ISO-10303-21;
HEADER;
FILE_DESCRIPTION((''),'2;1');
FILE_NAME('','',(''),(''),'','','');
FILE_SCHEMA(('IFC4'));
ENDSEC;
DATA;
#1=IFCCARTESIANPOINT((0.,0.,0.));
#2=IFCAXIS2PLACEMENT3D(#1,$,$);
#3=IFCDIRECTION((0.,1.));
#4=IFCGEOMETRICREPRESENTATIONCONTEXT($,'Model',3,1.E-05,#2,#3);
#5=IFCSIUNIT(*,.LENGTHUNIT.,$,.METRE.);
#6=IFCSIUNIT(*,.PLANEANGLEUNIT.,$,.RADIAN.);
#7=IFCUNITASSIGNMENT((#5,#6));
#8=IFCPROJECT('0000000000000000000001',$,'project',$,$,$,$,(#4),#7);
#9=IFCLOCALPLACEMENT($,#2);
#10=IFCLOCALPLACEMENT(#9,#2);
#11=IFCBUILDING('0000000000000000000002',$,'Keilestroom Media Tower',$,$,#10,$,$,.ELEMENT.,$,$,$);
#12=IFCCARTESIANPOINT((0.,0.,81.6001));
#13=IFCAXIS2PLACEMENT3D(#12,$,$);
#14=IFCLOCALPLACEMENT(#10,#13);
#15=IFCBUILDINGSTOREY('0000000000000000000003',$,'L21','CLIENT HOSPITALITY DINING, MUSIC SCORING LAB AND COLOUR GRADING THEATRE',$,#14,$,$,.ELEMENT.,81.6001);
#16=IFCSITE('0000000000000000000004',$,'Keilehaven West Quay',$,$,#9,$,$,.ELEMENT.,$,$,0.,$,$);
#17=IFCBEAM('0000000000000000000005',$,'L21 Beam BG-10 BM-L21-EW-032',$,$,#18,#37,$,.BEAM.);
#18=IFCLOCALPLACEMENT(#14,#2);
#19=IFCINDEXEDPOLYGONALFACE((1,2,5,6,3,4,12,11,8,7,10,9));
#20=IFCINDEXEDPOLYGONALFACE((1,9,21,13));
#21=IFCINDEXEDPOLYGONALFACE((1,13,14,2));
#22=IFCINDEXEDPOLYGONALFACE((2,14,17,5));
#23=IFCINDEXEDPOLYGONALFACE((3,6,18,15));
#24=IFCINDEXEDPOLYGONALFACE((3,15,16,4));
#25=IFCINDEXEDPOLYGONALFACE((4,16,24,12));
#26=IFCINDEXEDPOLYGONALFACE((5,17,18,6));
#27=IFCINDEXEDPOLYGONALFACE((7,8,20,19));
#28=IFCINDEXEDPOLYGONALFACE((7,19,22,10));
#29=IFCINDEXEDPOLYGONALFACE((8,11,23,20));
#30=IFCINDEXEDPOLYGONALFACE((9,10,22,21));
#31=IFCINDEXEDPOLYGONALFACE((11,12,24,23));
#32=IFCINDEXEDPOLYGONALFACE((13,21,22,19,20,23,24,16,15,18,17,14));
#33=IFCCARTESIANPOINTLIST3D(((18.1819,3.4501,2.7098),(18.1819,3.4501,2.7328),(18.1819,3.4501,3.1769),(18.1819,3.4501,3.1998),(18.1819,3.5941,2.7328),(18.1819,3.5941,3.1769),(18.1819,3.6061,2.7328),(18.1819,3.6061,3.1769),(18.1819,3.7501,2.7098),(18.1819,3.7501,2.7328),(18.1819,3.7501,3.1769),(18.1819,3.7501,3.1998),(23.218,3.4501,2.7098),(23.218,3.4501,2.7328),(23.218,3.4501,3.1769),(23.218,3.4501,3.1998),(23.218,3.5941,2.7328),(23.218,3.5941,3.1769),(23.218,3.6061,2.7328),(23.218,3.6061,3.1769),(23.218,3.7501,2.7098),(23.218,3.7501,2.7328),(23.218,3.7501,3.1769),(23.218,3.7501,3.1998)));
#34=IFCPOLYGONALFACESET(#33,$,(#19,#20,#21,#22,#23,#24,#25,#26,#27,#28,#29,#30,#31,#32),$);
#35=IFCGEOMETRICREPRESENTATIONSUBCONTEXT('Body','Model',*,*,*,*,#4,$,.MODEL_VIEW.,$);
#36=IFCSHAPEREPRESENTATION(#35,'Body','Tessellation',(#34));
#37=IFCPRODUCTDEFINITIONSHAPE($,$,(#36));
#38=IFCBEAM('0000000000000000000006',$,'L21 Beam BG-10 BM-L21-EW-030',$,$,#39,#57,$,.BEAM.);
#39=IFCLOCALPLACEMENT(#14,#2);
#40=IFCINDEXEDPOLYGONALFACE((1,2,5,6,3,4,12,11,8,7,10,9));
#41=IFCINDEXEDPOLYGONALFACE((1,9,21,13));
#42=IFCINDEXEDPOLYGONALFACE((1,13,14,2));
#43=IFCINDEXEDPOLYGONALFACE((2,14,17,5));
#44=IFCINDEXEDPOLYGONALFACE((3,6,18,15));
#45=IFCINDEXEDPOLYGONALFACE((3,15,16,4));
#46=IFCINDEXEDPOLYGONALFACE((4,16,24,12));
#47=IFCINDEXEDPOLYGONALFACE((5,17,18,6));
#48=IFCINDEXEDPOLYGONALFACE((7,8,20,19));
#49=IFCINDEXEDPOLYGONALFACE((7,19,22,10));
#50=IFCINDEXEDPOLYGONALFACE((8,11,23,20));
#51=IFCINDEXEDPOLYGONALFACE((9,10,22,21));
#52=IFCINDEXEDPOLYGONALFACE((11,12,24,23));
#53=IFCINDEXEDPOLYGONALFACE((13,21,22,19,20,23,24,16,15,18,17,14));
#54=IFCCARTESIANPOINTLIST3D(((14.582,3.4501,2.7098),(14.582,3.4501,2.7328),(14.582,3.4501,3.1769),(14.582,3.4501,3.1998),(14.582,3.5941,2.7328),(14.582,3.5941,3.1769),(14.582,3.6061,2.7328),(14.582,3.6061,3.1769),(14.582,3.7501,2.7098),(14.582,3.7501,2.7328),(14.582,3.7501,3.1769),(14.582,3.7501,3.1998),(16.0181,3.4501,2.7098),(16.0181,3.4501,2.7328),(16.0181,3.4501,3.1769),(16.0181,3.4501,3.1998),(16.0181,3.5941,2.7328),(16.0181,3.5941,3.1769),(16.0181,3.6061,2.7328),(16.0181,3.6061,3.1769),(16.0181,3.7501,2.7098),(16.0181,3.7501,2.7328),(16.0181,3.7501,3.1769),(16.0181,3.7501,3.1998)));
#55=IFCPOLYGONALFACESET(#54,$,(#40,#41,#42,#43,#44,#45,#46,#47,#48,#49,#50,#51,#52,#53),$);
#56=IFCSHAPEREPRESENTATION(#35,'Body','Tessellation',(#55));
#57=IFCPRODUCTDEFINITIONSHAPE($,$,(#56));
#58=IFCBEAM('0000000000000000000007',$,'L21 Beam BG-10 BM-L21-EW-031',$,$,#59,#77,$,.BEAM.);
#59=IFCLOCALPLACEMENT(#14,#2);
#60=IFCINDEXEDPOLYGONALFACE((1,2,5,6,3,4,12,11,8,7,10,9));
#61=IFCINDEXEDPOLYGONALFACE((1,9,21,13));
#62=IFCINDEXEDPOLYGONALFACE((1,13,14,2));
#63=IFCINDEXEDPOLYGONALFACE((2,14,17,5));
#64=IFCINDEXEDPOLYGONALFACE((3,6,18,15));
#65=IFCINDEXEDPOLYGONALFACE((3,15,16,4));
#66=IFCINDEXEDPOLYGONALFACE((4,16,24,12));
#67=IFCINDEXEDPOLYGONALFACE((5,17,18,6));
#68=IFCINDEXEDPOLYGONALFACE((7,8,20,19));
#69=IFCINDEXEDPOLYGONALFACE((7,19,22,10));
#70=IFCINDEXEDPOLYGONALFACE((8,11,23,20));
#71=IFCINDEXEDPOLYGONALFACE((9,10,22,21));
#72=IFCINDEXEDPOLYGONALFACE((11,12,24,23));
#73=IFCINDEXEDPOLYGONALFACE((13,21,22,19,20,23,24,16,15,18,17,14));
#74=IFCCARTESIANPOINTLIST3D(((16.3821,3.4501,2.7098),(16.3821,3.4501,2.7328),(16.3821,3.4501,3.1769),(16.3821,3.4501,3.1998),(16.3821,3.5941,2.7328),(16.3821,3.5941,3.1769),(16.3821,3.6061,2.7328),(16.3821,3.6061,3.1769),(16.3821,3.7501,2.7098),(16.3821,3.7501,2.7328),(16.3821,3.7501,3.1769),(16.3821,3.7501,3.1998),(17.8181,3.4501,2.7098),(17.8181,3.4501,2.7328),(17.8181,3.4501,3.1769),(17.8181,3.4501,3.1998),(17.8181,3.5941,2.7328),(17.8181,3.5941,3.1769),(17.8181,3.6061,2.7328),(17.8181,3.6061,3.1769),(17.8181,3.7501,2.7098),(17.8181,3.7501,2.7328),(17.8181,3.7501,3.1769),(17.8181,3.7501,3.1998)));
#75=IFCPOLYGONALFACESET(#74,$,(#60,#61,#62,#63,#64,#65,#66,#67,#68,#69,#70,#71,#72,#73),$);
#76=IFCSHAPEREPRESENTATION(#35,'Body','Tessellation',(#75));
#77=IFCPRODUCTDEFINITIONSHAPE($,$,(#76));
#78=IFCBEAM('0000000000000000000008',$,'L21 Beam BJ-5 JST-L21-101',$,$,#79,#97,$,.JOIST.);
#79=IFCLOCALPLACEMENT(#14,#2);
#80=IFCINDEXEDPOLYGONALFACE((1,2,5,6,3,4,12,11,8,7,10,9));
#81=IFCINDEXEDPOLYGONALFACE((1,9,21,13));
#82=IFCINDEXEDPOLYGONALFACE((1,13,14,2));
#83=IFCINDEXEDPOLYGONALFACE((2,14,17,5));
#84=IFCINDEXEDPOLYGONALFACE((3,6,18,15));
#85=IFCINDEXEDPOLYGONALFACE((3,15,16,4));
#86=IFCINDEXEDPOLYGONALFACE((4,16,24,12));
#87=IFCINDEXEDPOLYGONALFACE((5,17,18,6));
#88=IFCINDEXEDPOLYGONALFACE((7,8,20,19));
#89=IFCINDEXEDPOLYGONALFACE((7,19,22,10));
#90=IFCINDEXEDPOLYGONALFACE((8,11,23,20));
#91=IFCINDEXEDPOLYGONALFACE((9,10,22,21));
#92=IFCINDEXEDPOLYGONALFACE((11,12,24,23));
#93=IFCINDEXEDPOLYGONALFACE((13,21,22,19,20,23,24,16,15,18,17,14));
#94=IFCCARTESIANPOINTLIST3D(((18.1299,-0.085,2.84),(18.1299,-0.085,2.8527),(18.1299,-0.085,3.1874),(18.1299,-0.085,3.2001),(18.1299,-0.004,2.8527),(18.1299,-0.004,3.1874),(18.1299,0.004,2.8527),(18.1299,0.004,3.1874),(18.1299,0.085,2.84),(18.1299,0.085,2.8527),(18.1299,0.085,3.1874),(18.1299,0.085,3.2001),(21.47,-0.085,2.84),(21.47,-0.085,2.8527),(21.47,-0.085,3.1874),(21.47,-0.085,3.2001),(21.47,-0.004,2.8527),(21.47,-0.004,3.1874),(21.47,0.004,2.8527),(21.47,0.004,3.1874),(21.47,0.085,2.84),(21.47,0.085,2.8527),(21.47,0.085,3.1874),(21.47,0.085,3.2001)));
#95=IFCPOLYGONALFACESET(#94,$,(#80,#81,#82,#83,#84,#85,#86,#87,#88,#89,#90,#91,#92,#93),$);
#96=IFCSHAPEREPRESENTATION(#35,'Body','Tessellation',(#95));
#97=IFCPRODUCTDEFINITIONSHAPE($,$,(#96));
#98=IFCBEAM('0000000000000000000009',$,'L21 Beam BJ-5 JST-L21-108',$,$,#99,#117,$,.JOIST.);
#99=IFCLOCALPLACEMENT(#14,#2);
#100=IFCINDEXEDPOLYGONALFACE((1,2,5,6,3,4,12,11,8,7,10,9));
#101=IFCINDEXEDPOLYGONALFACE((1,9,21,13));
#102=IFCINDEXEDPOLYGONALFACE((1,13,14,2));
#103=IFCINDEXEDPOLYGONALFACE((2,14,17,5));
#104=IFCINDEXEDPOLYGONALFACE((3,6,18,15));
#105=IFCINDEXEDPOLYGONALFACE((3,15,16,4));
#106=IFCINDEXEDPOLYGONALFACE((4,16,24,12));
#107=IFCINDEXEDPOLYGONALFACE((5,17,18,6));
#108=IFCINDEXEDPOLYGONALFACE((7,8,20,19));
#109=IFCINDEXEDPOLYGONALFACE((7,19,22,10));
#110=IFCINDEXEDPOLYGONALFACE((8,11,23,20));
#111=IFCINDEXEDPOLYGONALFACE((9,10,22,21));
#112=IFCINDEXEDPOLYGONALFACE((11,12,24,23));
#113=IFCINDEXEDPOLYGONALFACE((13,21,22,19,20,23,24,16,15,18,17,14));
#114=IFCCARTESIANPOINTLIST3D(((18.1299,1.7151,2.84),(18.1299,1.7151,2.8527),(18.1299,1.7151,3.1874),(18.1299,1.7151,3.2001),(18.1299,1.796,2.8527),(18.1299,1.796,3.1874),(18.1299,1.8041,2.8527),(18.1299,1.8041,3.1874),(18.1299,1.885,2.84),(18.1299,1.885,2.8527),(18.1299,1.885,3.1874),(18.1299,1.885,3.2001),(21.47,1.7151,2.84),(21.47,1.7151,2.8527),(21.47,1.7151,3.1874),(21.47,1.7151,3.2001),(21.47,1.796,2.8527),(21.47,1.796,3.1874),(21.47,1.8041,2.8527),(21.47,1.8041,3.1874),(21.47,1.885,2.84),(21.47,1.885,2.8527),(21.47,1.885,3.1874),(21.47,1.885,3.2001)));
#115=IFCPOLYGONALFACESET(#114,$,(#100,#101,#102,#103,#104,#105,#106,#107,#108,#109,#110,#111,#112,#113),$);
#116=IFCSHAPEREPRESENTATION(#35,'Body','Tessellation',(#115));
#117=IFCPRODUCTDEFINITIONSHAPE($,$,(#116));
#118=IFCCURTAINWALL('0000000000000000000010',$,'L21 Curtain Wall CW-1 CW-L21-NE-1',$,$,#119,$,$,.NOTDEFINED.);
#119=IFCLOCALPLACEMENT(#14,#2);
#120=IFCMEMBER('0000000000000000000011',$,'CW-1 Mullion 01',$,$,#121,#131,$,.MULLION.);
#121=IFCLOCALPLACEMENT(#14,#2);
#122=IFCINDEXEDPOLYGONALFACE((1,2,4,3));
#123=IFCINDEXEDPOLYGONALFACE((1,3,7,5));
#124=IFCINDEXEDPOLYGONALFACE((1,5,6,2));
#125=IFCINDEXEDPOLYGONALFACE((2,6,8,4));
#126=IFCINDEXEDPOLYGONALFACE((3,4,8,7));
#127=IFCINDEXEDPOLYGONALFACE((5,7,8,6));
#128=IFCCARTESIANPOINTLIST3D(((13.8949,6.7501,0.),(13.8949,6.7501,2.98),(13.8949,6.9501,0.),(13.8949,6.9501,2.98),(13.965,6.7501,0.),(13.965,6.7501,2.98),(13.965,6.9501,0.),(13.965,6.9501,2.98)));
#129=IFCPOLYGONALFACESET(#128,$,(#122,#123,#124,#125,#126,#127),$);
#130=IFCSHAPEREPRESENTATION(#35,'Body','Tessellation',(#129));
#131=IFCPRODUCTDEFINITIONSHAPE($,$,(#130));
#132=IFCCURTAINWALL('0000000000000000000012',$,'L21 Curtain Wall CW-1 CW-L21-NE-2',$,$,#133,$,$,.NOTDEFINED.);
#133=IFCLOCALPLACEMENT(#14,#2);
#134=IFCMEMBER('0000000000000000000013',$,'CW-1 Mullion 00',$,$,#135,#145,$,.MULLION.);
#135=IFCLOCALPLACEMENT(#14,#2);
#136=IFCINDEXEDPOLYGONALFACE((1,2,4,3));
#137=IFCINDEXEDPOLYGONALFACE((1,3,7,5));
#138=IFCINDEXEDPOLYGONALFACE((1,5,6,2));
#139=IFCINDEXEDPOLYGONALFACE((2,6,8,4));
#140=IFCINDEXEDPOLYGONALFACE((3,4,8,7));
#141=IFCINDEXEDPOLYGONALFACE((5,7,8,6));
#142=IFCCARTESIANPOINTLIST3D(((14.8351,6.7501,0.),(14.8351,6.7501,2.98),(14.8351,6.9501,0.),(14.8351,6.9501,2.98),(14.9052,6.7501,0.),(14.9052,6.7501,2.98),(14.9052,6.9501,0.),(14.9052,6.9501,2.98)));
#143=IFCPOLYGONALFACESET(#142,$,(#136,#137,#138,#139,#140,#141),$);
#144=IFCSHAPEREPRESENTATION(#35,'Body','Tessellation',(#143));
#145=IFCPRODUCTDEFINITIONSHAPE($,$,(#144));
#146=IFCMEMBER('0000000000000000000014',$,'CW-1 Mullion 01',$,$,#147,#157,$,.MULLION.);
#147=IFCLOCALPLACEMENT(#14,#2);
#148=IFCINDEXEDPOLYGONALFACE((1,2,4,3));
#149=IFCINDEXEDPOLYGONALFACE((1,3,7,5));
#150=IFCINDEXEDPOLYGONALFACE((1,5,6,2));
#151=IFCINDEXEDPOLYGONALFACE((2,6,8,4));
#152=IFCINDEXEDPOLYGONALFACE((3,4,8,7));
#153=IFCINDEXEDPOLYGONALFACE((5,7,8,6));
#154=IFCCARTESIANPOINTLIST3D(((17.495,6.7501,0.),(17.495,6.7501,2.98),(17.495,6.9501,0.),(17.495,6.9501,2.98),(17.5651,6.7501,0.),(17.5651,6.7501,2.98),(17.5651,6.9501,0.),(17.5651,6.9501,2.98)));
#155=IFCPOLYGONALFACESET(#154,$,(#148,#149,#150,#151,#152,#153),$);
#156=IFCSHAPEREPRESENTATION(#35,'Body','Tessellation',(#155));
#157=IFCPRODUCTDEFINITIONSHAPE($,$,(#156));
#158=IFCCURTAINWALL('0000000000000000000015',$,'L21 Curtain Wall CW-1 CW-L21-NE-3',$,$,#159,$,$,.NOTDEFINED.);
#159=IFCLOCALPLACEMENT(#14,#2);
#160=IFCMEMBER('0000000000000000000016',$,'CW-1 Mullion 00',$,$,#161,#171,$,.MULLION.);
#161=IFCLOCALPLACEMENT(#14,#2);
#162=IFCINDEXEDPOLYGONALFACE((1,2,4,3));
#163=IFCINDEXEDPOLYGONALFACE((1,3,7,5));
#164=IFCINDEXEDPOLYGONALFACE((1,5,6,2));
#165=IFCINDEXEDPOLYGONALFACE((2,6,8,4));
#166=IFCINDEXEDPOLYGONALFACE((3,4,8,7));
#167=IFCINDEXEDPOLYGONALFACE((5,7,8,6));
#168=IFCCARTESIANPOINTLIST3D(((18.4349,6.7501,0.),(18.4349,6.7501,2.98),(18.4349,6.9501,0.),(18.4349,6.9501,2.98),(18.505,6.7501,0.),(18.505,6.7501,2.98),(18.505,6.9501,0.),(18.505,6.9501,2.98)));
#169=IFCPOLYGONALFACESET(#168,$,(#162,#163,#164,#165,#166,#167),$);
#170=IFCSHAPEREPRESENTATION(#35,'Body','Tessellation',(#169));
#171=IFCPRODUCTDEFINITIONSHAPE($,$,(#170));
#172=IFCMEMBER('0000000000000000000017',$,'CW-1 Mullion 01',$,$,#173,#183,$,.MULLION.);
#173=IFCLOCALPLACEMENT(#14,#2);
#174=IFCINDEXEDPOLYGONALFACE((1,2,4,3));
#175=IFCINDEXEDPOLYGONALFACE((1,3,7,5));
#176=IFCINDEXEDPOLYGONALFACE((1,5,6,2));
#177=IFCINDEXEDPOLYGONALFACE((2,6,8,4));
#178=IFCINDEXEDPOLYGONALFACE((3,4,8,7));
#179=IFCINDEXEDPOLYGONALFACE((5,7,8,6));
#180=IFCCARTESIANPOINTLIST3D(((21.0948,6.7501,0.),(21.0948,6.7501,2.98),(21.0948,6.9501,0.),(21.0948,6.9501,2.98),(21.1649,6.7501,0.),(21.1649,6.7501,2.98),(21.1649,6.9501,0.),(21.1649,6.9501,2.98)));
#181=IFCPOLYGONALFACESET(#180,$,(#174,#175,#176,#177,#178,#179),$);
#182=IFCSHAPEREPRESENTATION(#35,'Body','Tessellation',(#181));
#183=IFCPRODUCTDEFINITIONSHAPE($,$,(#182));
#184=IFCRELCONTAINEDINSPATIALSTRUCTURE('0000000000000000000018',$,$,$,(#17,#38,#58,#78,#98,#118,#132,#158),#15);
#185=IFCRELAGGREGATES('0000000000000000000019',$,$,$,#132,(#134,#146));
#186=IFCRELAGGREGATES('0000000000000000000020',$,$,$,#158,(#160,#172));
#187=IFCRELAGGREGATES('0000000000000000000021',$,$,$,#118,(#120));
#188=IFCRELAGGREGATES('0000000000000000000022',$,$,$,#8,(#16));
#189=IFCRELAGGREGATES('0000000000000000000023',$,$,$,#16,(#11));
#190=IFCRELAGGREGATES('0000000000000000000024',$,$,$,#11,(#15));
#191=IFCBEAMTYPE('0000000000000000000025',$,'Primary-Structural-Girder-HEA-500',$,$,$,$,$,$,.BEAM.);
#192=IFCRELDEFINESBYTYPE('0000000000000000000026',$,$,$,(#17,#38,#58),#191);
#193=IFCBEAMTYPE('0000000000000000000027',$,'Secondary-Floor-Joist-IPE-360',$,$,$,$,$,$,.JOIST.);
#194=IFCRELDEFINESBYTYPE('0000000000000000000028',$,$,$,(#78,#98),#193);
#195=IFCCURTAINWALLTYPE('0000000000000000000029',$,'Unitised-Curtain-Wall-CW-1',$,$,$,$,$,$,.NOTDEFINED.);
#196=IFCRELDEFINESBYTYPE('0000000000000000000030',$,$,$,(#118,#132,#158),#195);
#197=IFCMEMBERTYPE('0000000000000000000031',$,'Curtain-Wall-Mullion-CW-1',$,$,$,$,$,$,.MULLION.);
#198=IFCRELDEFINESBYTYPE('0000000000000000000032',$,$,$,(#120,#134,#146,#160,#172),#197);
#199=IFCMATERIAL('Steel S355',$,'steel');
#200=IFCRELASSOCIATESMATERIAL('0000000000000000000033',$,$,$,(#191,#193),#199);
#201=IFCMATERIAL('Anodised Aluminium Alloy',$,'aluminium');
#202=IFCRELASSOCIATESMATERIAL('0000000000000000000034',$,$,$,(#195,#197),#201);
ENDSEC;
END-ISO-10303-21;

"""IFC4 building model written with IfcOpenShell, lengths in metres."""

from ifc_helpers import new_model, si_unit, direction, frame, origin, origin_2d, place, context, subcontext, project, spatial, rectangle, i_section, extrude, source, transform, mapped, material, material_profile, profile_set, type_object, element, aggregate, save


model = new_model("IFC4")

# Units and contexts
model_context = context("Model", 3, precision=1e-05, world=origin(), true_north=direction((0.0, 1.0)))
body_context = subcontext(model_context, "Body", "Model", "MODEL_VIEW")
ifc_project = project(units=[si_unit("LENGTHUNIT", "METRE"), si_unit("PLANEANGLEUNIT", "RADIAN")], contexts=[model_context])

# Site, building, storey
site_placement = place(None, origin())
site = spatial("IfcSite", under=ifc_project, at=site_placement, Name="Keilehaven West Quay", CompositionType="ELEMENT", RefElevation=0.0)
building_placement = place(site_placement, origin())
building = spatial("IfcBuilding", under=site, at=building_placement, Name="Keilestroom Media Tower", CompositionType="ELEMENT")
storey_placement = place(building_placement, frame((0.0, 0.0, 81.6001)))
storey = spatial("IfcBuildingStorey", under=building, at=storey_placement, Name="L21", Description="CLIENT HOSPITALITY DINING, MUSIC SCORING LAB AND COLOUR GRADING THEATRE", CompositionType="ELEMENT", Elevation=81.6001)

# Beams
ifc_material_1 = material(Name="Steel S355", Category="steel")
ifc_material_profile_1 = material_profile(ifc_material_1, i_section(OverallWidth=0.3, OverallDepth=0.49, WebThickness=0.012, FlangeThickness=0.0229, at=origin_2d()), Name="HEA 500")
ifc_profile_set_1 = profile_set([ifc_material_profile_1], Name="Steel S355")
beam_type_1 = type_object("IfcBeamType", Name="Primary-Structural-Girder-HEA-500", PredefinedType="BEAM", material=ifc_profile_set_1)
shared_shape_1 = source(origin(), body_context, "Body", "SweptSolid", [
    extrude(i_section(OverallWidth=0.3, OverallDepth=0.49, WebThickness=0.012, FlangeThickness=0.0229, at=origin_2d()), origin(), (0.0, 0.0, 1.0), 5.0361),
])
beam_placement = place(storey_placement, frame((18.1819, 3.6001, 2.9548), z_axis=(1.0, 0.0, 0.0), x_axis=(0.0, 1.0, 0.0)))
element("IfcBeam", 1, at=beam_placement, inside=storey, type_object=beam_type_1, Name="L21 Beam BG-10 BM-L21-EW-032", PredefinedType="BEAM", context=body_context, shape_type="MappedRepresentation", body=[
    mapped(shared_shape_1, transform((0.0, 0.0, 0.0), x_axis=(1.0, 0.0, 0.0), y_axis=(0.0, 1.0, 0.0), z_axis=(0.0, 0.0, 1.0), scale=1.0)),
])
shared_shape_2 = source(origin(), body_context, "Body", "SweptSolid", [
    extrude(i_section(OverallWidth=0.3, OverallDepth=0.49, WebThickness=0.012, FlangeThickness=0.0229, at=origin_2d()), origin(), (0.0, 0.0, 1.0), 1.436),
])
for number, where, z_axis, x_axis, name in (
    (2, (14.582, 3.6001, 2.9548), (1.0, 0.0, 0.0), (0.0, 1.0, 0.0), "L21 Beam BG-10 BM-L21-EW-030"),
    (3, (16.3821, 3.6001, 2.9548), (1.0, 0.0, 0.0), (0.0, 1.0, 0.0), "L21 Beam BG-10 BM-L21-EW-031"),
):
    element("IfcBeam", number, at=place(storey_placement, frame(where, z_axis=z_axis, x_axis=x_axis)), inside=storey, type_object=beam_type_1, Name=name, PredefinedType="BEAM", context=body_context, shape_type="MappedRepresentation", body=[
        mapped(shared_shape_2, transform((0.0, 0.0, 0.0), x_axis=(1.0, 0.0, 0.0), y_axis=(0.0, 1.0, 0.0), z_axis=(0.0, 0.0, 1.0), scale=1.0)),
    ])
ifc_material_profile_2 = material_profile(ifc_material_1, i_section(OverallWidth=0.1699, OverallDepth=0.3601, WebThickness=0.0081, FlangeThickness=0.0127, at=origin_2d()), Name="IPE 360")
ifc_profile_set_2 = profile_set([ifc_material_profile_2], Name="Steel S355")
beam_type_2 = type_object("IfcBeamType", Name="Secondary-Floor-Joist-IPE-360", PredefinedType="JOIST", material=ifc_profile_set_2)
shared_shape_3 = source(origin(), body_context, "Body", "SweptSolid", [
    extrude(i_section(OverallWidth=0.1699, OverallDepth=0.3601, WebThickness=0.0081, FlangeThickness=0.0127, at=origin_2d()), origin(), (0.0, 0.0, 1.0), 3.3401),
])
for number, where, z_axis, x_axis, name in (
    (4, (18.1299, 0.0, 3.02), (1.0, 0.0, 0.0), (0.0, 1.0, 0.0), "L21 Beam BJ-5 JST-L21-101"),
    (5, (18.1299, 1.8, 3.02), (1.0, 0.0, 0.0), (0.0, 1.0, 0.0), "L21 Beam BJ-5 JST-L21-108"),
):
    element("IfcBeam", number, at=place(storey_placement, frame(where, z_axis=z_axis, x_axis=x_axis)), inside=storey, type_object=beam_type_2, Name=name, PredefinedType="JOIST", context=body_context, shape_type="MappedRepresentation", body=[
        mapped(shared_shape_3, transform((0.0, 0.0, 0.0), x_axis=(1.0, 0.0, 0.0), y_axis=(0.0, 1.0, 0.0), z_axis=(0.0, 0.0, 1.0), scale=1.0)),
    ])

# Curtain wall, member
ifc_material_2 = material(Name="Anodised Aluminium Alloy", Category="aluminium")
curtain_wall_type = type_object("IfcCurtainWallType", Name="Unitised-Curtain-Wall-CW-1", PredefinedType="NOTDEFINED", material=ifc_material_2)
curtain_wall_1_placement = place(storey_placement, origin())
curtain_wall_1 = element("IfcCurtainWall", 6, at=curtain_wall_1_placement, inside=storey, type_object=curtain_wall_type, Name="L21 Curtain Wall CW-1 CW-L21-NE-1", PredefinedType="NOTDEFINED")
ifc_material_profile_3 = material_profile(ifc_material_2, rectangle(XDim=0.0701, YDim=0.2, at=origin_2d()), Name="ALU MULLION 70x200")
ifc_profile_set_3 = profile_set([ifc_material_profile_3], Name="Anodised Aluminium Alloy")
member_type_1 = type_object("IfcMemberType", Name="Curtain-Wall-Mullion-CW-1", PredefinedType="MULLION", material=ifc_profile_set_3)
shared_shape_4 = source(origin(), body_context, "Body", "SweptSolid", [
    extrude(rectangle(XDim=0.0701, YDim=0.2, at=origin_2d()), origin(), (0.0, 0.0, 1.0), 2.98),
])
member_1_placement = place(storey_placement, frame((13.9299, 6.8501, 0.0), z_axis=(0.0, 0.0, 1.0), x_axis=(1.0, 0.0, 0.0)))
member_1 = element("IfcMember", 7, at=member_1_placement, type_object=member_type_1, Name="CW-1 Mullion 01", PredefinedType="MULLION", context=body_context, shape_type="MappedRepresentation", body=[
    mapped(shared_shape_4, transform((0.0, 0.0, 0.0), x_axis=(1.0, 0.0, 0.0), y_axis=(0.0, 1.0, 0.0), z_axis=(0.0, 0.0, 1.0), scale=1.0)),
])

# Curtain walls, members
curtain_wall_2_placement = place(storey_placement, origin())
curtain_wall_2 = element("IfcCurtainWall", 8, at=curtain_wall_2_placement, inside=storey, type_object=curtain_wall_type, Name="L21 Curtain Wall CW-1 CW-L21-NE-2", PredefinedType="NOTDEFINED")
member_2_placement = place(storey_placement, frame((14.8701, 6.8501, 0.0), z_axis=(0.0, 0.0, 1.0), x_axis=(1.0, 0.0, 0.0)))
member_2 = element("IfcMember", 9, at=member_2_placement, type_object=member_type_1, Name="CW-1 Mullion 00", PredefinedType="MULLION", context=body_context, shape_type="MappedRepresentation", body=[
    mapped(shared_shape_4, transform((0.0, 0.0, 0.0), x_axis=(1.0, 0.0, 0.0), y_axis=(0.0, 1.0, 0.0), z_axis=(0.0, 0.0, 1.0), scale=1.0)),
])
member_3_placement = place(storey_placement, frame((17.53, 6.8501, 0.0), z_axis=(0.0, 0.0, 1.0), x_axis=(1.0, 0.0, 0.0)))
member_3 = element("IfcMember", 10, at=member_3_placement, type_object=member_type_1, Name="CW-1 Mullion 01", PredefinedType="MULLION", context=body_context, shape_type="MappedRepresentation", body=[
    mapped(shared_shape_4, transform((0.0, 0.0, 0.0), x_axis=(1.0, 0.0, 0.0), y_axis=(0.0, 1.0, 0.0), z_axis=(0.0, 0.0, 1.0), scale=1.0)),
])
curtain_wall_3_placement = place(storey_placement, origin())
curtain_wall_3 = element("IfcCurtainWall", 11, at=curtain_wall_3_placement, inside=storey, type_object=curtain_wall_type, Name="L21 Curtain Wall CW-1 CW-L21-NE-3", PredefinedType="NOTDEFINED")
member_4_placement = place(storey_placement, frame((18.47, 6.8501, 0.0), z_axis=(0.0, 0.0, 1.0), x_axis=(1.0, 0.0, 0.0)))
member_4 = element("IfcMember", 12, at=member_4_placement, type_object=member_type_1, Name="CW-1 Mullion 00", PredefinedType="MULLION", context=body_context, shape_type="MappedRepresentation", body=[
    mapped(shared_shape_4, transform((0.0, 0.0, 0.0), x_axis=(1.0, 0.0, 0.0), y_axis=(0.0, 1.0, 0.0), z_axis=(0.0, 0.0, 1.0), scale=1.0)),
])
member_5_placement = place(storey_placement, frame((21.1299, 6.8501, 0.0), z_axis=(0.0, 0.0, 1.0), x_axis=(1.0, 0.0, 0.0)))
member_5 = element("IfcMember", 13, at=member_5_placement, type_object=member_type_1, Name="CW-1 Mullion 01", PredefinedType="MULLION", context=body_context, shape_type="MappedRepresentation", body=[
    mapped(shared_shape_4, transform((0.0, 0.0, 0.0), x_axis=(1.0, 0.0, 0.0), y_axis=(0.0, 1.0, 0.0), z_axis=(0.0, 0.0, 1.0), scale=1.0)),
])

aggregate(curtain_wall_2, [member_2, member_3])
aggregate(curtain_wall_3, [member_4, member_5])
aggregate(curtain_wall_1, [member_1])

save(model, "model.ifc")
